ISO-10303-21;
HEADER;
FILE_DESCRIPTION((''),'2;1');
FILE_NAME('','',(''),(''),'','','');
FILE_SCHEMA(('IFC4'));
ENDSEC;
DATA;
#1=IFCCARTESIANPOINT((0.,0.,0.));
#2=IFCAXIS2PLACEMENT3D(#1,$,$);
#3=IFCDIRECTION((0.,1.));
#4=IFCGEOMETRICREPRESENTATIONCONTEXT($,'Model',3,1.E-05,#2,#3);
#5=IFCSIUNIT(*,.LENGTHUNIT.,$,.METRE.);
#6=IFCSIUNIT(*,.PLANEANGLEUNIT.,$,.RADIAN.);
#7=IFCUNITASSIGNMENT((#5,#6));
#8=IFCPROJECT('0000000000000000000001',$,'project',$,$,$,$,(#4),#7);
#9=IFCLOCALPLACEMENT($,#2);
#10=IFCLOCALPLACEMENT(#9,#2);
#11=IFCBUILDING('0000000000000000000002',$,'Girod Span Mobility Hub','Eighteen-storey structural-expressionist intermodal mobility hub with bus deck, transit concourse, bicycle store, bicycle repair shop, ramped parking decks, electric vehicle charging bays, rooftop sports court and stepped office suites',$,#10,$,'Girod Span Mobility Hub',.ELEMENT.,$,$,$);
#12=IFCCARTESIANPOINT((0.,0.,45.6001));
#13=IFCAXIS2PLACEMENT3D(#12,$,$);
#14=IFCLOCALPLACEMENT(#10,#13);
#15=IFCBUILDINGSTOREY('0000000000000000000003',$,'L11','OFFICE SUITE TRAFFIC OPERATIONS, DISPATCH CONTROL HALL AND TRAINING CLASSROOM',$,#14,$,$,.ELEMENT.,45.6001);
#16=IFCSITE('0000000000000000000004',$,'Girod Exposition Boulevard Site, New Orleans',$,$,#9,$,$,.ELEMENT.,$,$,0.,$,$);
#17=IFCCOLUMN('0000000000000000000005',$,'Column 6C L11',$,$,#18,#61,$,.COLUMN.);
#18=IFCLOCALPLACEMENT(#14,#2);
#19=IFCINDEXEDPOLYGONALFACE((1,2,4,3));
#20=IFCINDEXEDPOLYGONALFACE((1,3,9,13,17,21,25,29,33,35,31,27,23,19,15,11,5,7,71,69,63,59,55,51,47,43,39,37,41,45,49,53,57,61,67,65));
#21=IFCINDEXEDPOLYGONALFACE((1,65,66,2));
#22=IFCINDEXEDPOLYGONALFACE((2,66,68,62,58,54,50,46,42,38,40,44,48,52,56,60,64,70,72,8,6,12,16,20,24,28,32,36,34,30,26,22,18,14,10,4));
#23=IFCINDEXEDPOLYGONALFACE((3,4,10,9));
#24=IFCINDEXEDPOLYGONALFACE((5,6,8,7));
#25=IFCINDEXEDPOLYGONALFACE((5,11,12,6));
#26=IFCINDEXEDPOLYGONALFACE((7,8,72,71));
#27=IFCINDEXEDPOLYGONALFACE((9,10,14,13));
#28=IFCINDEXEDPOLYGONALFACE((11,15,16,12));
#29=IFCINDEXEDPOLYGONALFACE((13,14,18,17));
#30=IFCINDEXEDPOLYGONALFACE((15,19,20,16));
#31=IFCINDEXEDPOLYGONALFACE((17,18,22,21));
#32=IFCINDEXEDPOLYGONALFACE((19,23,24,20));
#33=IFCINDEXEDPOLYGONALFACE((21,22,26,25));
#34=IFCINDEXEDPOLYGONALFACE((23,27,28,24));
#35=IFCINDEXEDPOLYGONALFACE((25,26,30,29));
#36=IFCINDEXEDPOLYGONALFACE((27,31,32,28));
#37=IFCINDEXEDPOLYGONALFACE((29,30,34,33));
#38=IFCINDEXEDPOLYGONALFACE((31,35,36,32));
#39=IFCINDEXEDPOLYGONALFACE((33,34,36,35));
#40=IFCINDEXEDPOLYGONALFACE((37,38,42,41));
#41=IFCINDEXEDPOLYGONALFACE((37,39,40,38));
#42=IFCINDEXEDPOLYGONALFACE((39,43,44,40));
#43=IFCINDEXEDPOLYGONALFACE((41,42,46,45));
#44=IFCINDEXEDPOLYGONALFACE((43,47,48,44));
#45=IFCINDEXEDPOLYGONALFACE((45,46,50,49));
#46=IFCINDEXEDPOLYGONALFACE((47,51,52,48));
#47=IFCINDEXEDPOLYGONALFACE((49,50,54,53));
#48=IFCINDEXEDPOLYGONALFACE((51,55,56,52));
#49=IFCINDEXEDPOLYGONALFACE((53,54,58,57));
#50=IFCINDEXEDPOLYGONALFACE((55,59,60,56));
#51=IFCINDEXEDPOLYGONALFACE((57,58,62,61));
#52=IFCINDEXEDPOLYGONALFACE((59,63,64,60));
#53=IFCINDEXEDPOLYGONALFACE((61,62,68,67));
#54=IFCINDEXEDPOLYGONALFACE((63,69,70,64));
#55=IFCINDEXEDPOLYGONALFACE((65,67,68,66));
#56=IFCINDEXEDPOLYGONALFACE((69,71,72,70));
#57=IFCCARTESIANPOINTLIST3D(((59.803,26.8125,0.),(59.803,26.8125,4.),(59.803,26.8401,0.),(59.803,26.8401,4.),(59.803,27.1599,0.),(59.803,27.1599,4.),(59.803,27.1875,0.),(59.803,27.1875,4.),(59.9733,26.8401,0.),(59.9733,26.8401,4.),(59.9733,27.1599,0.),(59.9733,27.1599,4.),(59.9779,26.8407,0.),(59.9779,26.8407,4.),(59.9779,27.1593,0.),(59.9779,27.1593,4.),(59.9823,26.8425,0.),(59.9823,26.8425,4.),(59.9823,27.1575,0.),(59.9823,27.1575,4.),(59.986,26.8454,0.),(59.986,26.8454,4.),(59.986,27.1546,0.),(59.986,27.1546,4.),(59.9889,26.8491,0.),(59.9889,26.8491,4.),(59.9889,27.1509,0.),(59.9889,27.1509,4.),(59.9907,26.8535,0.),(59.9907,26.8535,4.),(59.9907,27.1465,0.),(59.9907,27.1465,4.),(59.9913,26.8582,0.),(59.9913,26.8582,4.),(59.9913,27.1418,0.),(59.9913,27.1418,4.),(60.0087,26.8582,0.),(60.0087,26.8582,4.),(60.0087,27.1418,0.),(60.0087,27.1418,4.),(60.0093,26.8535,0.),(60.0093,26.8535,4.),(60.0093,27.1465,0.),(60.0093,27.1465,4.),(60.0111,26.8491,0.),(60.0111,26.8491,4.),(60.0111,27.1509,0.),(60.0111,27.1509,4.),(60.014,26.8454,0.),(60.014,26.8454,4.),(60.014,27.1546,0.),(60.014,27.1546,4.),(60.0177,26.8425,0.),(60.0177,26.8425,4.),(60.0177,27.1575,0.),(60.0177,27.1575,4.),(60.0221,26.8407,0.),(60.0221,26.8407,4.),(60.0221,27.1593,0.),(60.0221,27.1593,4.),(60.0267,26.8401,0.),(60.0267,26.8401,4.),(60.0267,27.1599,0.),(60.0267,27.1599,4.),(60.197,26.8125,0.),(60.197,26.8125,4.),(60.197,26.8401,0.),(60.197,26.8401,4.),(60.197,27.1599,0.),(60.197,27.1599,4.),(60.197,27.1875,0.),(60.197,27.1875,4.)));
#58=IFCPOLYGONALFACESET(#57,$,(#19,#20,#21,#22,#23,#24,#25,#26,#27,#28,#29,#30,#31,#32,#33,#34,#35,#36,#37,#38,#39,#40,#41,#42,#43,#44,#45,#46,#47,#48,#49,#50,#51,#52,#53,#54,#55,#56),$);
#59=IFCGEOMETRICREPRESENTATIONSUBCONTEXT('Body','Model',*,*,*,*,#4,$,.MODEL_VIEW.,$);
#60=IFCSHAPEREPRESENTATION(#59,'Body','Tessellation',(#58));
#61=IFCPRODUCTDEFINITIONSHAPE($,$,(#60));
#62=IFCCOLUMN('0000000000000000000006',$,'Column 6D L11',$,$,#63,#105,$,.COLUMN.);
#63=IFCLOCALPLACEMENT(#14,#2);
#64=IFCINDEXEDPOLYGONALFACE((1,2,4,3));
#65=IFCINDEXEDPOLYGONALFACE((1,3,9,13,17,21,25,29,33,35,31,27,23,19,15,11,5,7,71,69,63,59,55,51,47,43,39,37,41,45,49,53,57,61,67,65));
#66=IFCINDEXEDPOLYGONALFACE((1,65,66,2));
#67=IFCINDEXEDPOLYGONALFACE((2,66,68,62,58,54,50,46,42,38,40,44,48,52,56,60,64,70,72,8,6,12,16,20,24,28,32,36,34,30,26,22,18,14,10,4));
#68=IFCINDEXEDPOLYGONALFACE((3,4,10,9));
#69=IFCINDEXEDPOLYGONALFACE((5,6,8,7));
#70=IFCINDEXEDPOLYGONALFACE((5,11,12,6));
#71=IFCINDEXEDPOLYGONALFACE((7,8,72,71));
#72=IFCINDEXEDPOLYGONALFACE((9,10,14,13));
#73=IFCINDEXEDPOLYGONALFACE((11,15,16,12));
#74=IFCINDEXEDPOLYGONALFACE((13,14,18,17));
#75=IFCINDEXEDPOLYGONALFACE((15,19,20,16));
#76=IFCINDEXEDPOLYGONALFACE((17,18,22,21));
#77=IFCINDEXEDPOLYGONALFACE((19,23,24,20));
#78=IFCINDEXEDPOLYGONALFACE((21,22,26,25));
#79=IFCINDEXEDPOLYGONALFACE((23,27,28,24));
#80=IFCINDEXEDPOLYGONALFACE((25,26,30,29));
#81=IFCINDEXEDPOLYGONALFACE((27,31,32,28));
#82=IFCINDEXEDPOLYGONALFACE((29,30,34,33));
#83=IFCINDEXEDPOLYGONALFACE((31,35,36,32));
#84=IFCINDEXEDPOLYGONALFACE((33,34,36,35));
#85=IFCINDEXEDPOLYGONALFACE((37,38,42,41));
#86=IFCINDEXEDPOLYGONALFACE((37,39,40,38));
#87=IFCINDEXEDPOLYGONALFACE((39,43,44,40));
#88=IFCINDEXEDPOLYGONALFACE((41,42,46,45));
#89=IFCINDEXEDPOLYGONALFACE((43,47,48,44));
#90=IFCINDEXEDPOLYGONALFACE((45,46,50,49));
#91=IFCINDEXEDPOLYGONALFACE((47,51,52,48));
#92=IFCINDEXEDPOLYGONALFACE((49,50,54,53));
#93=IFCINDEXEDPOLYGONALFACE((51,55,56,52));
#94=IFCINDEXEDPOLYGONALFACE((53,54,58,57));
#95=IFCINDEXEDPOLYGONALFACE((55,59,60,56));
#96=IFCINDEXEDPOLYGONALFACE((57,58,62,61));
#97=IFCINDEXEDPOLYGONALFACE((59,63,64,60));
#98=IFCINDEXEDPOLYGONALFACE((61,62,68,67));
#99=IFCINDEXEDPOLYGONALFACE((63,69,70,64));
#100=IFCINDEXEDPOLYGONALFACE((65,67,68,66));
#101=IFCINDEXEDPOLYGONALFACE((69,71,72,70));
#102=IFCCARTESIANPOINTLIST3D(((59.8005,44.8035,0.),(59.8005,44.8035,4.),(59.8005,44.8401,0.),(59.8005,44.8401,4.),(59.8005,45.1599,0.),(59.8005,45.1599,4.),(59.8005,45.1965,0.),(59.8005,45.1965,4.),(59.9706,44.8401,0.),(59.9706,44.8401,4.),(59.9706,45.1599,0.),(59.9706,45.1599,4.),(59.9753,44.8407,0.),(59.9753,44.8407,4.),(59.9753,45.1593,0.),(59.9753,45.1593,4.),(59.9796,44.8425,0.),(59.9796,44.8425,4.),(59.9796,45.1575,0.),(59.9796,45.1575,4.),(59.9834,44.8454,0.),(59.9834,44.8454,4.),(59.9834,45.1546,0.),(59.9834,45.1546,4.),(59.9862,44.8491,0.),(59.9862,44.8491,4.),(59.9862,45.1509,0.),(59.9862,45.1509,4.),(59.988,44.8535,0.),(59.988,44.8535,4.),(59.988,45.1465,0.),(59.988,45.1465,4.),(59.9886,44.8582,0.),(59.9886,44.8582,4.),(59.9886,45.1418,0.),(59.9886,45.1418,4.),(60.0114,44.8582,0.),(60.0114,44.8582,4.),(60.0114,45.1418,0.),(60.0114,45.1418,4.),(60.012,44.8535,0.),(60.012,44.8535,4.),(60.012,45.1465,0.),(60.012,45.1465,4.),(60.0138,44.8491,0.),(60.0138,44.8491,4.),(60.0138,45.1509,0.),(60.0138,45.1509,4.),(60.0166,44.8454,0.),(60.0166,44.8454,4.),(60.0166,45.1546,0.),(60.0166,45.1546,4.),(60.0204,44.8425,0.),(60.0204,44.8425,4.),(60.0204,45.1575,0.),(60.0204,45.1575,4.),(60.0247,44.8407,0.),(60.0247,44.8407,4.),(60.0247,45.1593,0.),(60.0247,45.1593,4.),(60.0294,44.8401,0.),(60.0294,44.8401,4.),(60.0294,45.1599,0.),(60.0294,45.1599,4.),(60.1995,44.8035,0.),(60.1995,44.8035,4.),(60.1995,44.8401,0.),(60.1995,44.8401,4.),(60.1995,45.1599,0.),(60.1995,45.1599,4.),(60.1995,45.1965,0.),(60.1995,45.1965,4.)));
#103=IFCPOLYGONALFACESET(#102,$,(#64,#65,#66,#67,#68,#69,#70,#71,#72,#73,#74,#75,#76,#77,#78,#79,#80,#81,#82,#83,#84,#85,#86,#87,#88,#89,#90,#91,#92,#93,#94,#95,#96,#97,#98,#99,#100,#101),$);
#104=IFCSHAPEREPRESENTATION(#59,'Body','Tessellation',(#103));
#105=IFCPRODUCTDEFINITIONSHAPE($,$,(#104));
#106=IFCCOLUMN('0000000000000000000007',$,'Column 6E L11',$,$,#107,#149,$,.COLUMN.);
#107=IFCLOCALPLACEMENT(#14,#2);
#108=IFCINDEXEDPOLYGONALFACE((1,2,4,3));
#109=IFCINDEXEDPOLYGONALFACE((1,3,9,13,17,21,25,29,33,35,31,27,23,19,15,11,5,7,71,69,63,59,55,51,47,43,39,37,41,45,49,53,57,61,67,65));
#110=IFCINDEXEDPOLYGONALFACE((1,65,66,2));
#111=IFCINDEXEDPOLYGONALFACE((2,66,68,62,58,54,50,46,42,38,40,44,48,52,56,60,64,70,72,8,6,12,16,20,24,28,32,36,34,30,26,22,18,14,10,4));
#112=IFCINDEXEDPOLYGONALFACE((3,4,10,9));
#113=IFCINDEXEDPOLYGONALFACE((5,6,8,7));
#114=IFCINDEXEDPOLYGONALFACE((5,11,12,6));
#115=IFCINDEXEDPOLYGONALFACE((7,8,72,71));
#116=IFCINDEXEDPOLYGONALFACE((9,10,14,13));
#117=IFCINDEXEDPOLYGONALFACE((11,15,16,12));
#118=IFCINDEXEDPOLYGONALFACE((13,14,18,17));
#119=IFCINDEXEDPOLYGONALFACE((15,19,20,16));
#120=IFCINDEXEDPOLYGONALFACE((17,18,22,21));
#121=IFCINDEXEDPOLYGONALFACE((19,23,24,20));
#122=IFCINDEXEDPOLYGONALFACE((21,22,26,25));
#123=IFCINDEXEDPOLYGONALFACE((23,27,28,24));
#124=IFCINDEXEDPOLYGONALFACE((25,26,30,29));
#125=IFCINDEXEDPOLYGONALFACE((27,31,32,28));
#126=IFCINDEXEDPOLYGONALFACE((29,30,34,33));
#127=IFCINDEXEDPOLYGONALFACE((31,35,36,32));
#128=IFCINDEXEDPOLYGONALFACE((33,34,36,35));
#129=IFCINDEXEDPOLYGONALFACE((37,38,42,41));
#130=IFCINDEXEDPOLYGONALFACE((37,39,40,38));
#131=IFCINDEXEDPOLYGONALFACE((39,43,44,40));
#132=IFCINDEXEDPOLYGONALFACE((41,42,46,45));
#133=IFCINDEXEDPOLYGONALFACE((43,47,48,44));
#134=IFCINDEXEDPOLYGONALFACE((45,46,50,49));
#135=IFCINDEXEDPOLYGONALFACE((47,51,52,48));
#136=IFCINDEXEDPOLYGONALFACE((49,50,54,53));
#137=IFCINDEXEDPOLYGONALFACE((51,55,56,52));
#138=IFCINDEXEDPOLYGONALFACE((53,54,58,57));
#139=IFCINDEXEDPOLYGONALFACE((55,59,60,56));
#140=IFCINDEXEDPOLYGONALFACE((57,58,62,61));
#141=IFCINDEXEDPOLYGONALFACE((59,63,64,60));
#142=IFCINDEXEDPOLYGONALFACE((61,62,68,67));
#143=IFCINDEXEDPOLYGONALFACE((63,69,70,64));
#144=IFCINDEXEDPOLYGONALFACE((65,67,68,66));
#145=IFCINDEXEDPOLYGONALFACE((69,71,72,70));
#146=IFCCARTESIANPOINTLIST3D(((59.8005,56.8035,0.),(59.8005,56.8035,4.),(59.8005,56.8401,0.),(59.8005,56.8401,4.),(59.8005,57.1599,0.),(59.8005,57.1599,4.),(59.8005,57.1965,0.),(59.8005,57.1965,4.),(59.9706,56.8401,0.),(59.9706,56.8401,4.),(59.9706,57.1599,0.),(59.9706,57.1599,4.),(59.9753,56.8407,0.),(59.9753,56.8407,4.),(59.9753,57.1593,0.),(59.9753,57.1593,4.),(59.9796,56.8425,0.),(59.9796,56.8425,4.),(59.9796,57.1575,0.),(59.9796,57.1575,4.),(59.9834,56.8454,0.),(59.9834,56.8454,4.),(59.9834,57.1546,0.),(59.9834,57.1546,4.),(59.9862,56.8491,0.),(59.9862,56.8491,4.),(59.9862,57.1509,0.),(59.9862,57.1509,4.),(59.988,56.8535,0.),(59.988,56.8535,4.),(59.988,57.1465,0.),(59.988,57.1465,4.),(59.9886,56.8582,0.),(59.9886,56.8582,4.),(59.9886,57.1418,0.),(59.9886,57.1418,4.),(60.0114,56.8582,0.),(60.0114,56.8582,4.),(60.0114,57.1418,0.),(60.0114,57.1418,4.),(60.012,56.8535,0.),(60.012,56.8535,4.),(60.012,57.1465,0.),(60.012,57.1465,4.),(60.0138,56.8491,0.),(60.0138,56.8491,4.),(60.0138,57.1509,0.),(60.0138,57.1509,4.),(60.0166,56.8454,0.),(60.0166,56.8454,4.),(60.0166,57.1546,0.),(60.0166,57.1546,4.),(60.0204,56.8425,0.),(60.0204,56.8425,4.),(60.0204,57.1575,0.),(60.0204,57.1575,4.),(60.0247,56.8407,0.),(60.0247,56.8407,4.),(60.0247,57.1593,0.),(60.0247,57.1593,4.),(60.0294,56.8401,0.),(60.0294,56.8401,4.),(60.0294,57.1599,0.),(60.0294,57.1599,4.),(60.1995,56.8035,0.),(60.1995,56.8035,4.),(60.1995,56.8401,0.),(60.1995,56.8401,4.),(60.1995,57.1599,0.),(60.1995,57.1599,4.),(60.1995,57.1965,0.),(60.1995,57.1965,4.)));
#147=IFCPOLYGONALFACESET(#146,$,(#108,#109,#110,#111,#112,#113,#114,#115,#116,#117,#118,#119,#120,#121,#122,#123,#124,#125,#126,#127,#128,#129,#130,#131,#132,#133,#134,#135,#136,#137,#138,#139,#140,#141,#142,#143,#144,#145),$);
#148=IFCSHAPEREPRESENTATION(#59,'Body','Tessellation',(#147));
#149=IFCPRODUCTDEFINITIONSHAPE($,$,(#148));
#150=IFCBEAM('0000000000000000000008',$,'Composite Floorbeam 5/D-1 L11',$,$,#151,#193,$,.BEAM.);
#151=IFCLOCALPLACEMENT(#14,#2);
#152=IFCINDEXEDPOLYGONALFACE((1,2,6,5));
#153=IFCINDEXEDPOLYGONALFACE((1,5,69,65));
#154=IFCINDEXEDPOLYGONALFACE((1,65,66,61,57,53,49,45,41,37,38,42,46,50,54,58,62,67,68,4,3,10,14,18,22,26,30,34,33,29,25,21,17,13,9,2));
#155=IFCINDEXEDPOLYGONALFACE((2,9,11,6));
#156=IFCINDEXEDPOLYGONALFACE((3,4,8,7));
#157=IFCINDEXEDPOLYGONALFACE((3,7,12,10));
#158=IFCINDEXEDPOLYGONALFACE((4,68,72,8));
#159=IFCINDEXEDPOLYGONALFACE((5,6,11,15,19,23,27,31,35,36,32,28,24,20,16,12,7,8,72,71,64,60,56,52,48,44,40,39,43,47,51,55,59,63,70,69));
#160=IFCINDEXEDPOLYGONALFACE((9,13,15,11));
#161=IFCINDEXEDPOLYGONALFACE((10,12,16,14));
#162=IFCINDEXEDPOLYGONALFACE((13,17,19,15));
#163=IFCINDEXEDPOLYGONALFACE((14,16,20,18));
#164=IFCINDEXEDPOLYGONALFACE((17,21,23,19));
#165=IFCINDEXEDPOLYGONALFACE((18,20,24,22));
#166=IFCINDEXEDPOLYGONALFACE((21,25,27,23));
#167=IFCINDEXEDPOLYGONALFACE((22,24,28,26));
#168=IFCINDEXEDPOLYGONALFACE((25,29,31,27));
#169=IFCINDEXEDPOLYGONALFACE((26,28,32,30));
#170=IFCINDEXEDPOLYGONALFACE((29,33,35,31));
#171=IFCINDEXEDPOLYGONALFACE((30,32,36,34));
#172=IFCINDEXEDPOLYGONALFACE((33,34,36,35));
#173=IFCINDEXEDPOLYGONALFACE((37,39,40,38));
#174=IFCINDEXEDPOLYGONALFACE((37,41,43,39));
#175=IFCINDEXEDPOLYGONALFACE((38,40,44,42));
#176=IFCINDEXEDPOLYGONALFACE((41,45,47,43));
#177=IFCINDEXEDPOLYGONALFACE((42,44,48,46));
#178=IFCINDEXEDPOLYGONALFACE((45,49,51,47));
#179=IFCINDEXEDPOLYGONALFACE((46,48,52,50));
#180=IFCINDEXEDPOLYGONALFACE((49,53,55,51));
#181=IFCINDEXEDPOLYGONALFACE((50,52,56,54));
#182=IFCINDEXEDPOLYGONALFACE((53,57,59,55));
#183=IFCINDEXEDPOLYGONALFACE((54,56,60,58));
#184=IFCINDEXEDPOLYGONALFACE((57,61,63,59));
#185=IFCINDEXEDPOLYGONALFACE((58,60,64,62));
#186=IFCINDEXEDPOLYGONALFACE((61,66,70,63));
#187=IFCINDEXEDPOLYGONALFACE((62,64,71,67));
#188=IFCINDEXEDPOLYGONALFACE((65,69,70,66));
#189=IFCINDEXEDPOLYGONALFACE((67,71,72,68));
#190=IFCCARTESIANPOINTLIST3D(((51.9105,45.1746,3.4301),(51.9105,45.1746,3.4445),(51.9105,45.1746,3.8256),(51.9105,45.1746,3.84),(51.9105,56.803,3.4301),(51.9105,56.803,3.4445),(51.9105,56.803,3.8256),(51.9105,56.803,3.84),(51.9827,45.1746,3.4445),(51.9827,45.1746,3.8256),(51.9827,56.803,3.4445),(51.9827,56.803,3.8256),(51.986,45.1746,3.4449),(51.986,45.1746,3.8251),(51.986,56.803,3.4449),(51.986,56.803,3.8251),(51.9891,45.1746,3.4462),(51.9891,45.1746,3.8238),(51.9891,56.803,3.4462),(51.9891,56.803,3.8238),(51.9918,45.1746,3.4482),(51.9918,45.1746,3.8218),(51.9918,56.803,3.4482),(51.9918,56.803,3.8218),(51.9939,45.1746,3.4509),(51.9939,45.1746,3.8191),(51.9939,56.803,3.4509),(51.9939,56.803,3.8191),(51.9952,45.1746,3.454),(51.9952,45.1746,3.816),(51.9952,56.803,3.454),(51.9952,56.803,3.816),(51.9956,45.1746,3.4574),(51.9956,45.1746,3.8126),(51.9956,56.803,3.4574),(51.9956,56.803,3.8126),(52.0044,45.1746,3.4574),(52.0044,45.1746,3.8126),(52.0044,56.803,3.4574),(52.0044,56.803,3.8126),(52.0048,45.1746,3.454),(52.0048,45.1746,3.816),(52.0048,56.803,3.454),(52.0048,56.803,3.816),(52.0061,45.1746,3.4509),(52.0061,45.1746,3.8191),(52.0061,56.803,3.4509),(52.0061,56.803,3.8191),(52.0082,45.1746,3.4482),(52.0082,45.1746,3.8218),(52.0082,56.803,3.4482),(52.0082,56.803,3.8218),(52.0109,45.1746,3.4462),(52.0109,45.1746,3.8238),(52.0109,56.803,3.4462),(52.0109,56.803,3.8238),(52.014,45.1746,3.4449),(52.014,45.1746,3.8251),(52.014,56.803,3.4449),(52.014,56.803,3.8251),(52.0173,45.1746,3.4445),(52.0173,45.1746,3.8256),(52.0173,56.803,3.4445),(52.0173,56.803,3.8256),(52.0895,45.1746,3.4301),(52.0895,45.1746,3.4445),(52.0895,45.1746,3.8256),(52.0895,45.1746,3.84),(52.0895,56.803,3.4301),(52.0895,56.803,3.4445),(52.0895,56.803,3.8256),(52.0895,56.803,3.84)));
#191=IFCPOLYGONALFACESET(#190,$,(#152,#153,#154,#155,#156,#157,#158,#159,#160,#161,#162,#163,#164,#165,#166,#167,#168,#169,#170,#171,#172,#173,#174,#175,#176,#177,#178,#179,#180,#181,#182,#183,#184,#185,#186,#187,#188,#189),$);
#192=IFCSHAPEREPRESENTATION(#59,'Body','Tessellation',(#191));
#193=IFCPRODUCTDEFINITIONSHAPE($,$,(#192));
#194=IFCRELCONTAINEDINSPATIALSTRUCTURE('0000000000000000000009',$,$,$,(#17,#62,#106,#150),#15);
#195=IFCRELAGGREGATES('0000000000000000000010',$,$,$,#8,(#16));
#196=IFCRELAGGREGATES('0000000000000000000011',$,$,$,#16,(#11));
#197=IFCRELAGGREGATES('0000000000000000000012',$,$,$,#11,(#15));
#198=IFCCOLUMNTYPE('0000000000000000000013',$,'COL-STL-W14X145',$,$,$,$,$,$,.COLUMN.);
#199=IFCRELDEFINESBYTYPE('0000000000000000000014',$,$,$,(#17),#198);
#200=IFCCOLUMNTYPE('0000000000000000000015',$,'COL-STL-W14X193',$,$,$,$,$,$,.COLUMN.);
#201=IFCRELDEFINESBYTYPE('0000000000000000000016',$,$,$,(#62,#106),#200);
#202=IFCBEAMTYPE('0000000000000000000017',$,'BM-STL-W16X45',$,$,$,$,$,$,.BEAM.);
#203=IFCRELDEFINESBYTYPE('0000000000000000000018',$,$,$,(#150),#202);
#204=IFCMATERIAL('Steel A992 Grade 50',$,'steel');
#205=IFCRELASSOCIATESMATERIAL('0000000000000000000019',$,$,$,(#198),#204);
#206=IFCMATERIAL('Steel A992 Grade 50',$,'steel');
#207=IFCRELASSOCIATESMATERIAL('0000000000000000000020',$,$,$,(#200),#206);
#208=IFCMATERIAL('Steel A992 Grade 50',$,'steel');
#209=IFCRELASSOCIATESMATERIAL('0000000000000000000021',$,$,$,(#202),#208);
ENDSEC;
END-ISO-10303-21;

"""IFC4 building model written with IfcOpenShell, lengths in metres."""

from ifc_helpers import new_model, si_unit, direction, frame, origin, origin_2d, place, context, subcontext, project, spatial, i_section, extrude, material, material_profile, profile_set, type_object, element, save


model = new_model("IFC4")

# Units and contexts
model_context = context("Model", 3, precision=1e-05, world=origin(), true_north=direction((0.0, 1.0)))
body_context = subcontext(model_context, "Body", "Model", "MODEL_VIEW")
ifc_project = project(units=[si_unit("LENGTHUNIT", "METRE"), si_unit("PLANEANGLEUNIT", "RADIAN")], contexts=[model_context])

# Site, building, storey
site_placement = place(None, origin())
site = spatial("IfcSite", under=ifc_project, at=site_placement, Name="Girod Exposition Boulevard Site, New Orleans", CompositionType="ELEMENT", RefElevation=0.0)
building_placement = place(site_placement, origin())
building = spatial("IfcBuilding", under=site, at=building_placement, Name="Girod Span Mobility Hub", Description="Eighteen-storey structural-expressionist intermodal mobility hub with bus deck, transit concourse, bicycle store, bicycle repair shop, ramped parking decks, electric vehicle charging bays, rooftop sports court and stepped office suites", LongName="Girod Span Mobility Hub", CompositionType="ELEMENT")
storey_placement = place(building_placement, frame((0.0, 0.0, 45.6001)))
storey = spatial("IfcBuildingStorey", under=building, at=storey_placement, Name="L11", Description="OFFICE SUITE TRAFFIC OPERATIONS, DISPATCH CONTROL HALL AND TRAINING CLASSROOM", CompositionType="ELEMENT", Elevation=45.6001)

# Columns
ifc_material_1 = material(Name="Steel A992 Grade 50", Category="steel")
ifc_material_profile_1 = material_profile(ifc_material_1, i_section(OverallWidth=0.394, OverallDepth=0.375, WebThickness=0.0173, FlangeThickness=0.0276, FilletRadius=0.0181, at=origin_2d()), Name="W14X145")
ifc_profile_set_1 = profile_set([ifc_material_profile_1], Name="Steel A992 Grade 50")
column_type_1 = type_object("IfcColumnType", Name="COL-STL-W14X145", PredefinedType="COLUMN", material=ifc_profile_set_1)
column_placement = place(storey_placement, frame((60.0, 27.0, 0.0), z_axis=(0.0, 0.0, 1.0), x_axis=(1.0, 0.0, 0.0)))
element("IfcColumn", 1, at=column_placement, inside=storey, type_object=column_type_1, Name="Column 6C L11", PredefinedType="COLUMN", context=body_context, shape_type="SweptSolid", body=[
    extrude(i_section(OverallWidth=0.394, OverallDepth=0.375, WebThickness=0.0173, FlangeThickness=0.0276, FilletRadius=0.0181, at=origin_2d()), origin(), (0.0, 0.0, 1.0), 4.0),
])
ifc_material_2 = material(Name="Steel A992 Grade 50", Category="steel")
ifc_material_profile_2 = material_profile(ifc_material_2, i_section(OverallWidth=0.3989, OverallDepth=0.3931, WebThickness=0.0227, FlangeThickness=0.0366, FilletRadius=0.0181, at=origin_2d()), Name="W14X193")
ifc_profile_set_2 = profile_set([ifc_material_profile_2], Name="Steel A992 Grade 50")
column_type_2 = type_object("IfcColumnType", Name="COL-STL-W14X193", PredefinedType="COLUMN", material=ifc_profile_set_2)
for number, where, z_axis, x_axis, name in (
    (2, (60.0, 45.0, 0.0), (0.0, 0.0, 1.0), (1.0, 0.0, 0.0), "Column 6D L11"),
    (3, (60.0, 57.0, 0.0), (0.0, 0.0, 1.0), (1.0, 0.0, 0.0), "Column 6E L11"),
):
    element("IfcColumn", number, at=place(storey_placement, frame(where, z_axis=z_axis, x_axis=x_axis)), inside=storey, type_object=column_type_2, Name=name, PredefinedType="COLUMN", context=body_context, shape_type="SweptSolid", body=[
        extrude(i_section(OverallWidth=0.3989, OverallDepth=0.3931, WebThickness=0.0227, FlangeThickness=0.0366, FilletRadius=0.0181, at=origin_2d()), origin(), (0.0, 0.0, 1.0), 4.0),
    ])

# Beam
ifc_material_3 = material(Name="Steel A992 Grade 50", Category="steel")
ifc_material_profile_3 = material_profile(ifc_material_3, i_section(OverallWidth=0.179, OverallDepth=0.4099, WebThickness=0.0088, FlangeThickness=0.0144, FilletRadius=0.0129, at=origin_2d()), Name="W16X45")
ifc_profile_set_3 = profile_set([ifc_material_profile_3], Name="Steel A992 Grade 50")
beam_type_1 = type_object("IfcBeamType", Name="BM-STL-W16X45", PredefinedType="BEAM", material=ifc_profile_set_3)
for number, where, z_axis, x_axis, name in (
    (4, (52.0, 45.1746, 3.635), (0.0, 1.0, 0.0), (-1.0, 0.0, 0.0), "Composite Floorbeam 5/D-1 L11"),
):
    element("IfcBeam", number, at=place(storey_placement, frame(where, z_axis=z_axis, x_axis=x_axis)), inside=storey, type_object=beam_type_1, Name=name, PredefinedType="BEAM", context=body_context, shape_type="SweptSolid", body=[
        extrude(i_section(OverallWidth=0.179, OverallDepth=0.4099, WebThickness=0.0088, FlangeThickness=0.0144, FilletRadius=0.0129, at=origin_2d()), origin(), (0.0, 0.0, 1.0), 11.6284),
    ])

save(model, "model.ifc")
